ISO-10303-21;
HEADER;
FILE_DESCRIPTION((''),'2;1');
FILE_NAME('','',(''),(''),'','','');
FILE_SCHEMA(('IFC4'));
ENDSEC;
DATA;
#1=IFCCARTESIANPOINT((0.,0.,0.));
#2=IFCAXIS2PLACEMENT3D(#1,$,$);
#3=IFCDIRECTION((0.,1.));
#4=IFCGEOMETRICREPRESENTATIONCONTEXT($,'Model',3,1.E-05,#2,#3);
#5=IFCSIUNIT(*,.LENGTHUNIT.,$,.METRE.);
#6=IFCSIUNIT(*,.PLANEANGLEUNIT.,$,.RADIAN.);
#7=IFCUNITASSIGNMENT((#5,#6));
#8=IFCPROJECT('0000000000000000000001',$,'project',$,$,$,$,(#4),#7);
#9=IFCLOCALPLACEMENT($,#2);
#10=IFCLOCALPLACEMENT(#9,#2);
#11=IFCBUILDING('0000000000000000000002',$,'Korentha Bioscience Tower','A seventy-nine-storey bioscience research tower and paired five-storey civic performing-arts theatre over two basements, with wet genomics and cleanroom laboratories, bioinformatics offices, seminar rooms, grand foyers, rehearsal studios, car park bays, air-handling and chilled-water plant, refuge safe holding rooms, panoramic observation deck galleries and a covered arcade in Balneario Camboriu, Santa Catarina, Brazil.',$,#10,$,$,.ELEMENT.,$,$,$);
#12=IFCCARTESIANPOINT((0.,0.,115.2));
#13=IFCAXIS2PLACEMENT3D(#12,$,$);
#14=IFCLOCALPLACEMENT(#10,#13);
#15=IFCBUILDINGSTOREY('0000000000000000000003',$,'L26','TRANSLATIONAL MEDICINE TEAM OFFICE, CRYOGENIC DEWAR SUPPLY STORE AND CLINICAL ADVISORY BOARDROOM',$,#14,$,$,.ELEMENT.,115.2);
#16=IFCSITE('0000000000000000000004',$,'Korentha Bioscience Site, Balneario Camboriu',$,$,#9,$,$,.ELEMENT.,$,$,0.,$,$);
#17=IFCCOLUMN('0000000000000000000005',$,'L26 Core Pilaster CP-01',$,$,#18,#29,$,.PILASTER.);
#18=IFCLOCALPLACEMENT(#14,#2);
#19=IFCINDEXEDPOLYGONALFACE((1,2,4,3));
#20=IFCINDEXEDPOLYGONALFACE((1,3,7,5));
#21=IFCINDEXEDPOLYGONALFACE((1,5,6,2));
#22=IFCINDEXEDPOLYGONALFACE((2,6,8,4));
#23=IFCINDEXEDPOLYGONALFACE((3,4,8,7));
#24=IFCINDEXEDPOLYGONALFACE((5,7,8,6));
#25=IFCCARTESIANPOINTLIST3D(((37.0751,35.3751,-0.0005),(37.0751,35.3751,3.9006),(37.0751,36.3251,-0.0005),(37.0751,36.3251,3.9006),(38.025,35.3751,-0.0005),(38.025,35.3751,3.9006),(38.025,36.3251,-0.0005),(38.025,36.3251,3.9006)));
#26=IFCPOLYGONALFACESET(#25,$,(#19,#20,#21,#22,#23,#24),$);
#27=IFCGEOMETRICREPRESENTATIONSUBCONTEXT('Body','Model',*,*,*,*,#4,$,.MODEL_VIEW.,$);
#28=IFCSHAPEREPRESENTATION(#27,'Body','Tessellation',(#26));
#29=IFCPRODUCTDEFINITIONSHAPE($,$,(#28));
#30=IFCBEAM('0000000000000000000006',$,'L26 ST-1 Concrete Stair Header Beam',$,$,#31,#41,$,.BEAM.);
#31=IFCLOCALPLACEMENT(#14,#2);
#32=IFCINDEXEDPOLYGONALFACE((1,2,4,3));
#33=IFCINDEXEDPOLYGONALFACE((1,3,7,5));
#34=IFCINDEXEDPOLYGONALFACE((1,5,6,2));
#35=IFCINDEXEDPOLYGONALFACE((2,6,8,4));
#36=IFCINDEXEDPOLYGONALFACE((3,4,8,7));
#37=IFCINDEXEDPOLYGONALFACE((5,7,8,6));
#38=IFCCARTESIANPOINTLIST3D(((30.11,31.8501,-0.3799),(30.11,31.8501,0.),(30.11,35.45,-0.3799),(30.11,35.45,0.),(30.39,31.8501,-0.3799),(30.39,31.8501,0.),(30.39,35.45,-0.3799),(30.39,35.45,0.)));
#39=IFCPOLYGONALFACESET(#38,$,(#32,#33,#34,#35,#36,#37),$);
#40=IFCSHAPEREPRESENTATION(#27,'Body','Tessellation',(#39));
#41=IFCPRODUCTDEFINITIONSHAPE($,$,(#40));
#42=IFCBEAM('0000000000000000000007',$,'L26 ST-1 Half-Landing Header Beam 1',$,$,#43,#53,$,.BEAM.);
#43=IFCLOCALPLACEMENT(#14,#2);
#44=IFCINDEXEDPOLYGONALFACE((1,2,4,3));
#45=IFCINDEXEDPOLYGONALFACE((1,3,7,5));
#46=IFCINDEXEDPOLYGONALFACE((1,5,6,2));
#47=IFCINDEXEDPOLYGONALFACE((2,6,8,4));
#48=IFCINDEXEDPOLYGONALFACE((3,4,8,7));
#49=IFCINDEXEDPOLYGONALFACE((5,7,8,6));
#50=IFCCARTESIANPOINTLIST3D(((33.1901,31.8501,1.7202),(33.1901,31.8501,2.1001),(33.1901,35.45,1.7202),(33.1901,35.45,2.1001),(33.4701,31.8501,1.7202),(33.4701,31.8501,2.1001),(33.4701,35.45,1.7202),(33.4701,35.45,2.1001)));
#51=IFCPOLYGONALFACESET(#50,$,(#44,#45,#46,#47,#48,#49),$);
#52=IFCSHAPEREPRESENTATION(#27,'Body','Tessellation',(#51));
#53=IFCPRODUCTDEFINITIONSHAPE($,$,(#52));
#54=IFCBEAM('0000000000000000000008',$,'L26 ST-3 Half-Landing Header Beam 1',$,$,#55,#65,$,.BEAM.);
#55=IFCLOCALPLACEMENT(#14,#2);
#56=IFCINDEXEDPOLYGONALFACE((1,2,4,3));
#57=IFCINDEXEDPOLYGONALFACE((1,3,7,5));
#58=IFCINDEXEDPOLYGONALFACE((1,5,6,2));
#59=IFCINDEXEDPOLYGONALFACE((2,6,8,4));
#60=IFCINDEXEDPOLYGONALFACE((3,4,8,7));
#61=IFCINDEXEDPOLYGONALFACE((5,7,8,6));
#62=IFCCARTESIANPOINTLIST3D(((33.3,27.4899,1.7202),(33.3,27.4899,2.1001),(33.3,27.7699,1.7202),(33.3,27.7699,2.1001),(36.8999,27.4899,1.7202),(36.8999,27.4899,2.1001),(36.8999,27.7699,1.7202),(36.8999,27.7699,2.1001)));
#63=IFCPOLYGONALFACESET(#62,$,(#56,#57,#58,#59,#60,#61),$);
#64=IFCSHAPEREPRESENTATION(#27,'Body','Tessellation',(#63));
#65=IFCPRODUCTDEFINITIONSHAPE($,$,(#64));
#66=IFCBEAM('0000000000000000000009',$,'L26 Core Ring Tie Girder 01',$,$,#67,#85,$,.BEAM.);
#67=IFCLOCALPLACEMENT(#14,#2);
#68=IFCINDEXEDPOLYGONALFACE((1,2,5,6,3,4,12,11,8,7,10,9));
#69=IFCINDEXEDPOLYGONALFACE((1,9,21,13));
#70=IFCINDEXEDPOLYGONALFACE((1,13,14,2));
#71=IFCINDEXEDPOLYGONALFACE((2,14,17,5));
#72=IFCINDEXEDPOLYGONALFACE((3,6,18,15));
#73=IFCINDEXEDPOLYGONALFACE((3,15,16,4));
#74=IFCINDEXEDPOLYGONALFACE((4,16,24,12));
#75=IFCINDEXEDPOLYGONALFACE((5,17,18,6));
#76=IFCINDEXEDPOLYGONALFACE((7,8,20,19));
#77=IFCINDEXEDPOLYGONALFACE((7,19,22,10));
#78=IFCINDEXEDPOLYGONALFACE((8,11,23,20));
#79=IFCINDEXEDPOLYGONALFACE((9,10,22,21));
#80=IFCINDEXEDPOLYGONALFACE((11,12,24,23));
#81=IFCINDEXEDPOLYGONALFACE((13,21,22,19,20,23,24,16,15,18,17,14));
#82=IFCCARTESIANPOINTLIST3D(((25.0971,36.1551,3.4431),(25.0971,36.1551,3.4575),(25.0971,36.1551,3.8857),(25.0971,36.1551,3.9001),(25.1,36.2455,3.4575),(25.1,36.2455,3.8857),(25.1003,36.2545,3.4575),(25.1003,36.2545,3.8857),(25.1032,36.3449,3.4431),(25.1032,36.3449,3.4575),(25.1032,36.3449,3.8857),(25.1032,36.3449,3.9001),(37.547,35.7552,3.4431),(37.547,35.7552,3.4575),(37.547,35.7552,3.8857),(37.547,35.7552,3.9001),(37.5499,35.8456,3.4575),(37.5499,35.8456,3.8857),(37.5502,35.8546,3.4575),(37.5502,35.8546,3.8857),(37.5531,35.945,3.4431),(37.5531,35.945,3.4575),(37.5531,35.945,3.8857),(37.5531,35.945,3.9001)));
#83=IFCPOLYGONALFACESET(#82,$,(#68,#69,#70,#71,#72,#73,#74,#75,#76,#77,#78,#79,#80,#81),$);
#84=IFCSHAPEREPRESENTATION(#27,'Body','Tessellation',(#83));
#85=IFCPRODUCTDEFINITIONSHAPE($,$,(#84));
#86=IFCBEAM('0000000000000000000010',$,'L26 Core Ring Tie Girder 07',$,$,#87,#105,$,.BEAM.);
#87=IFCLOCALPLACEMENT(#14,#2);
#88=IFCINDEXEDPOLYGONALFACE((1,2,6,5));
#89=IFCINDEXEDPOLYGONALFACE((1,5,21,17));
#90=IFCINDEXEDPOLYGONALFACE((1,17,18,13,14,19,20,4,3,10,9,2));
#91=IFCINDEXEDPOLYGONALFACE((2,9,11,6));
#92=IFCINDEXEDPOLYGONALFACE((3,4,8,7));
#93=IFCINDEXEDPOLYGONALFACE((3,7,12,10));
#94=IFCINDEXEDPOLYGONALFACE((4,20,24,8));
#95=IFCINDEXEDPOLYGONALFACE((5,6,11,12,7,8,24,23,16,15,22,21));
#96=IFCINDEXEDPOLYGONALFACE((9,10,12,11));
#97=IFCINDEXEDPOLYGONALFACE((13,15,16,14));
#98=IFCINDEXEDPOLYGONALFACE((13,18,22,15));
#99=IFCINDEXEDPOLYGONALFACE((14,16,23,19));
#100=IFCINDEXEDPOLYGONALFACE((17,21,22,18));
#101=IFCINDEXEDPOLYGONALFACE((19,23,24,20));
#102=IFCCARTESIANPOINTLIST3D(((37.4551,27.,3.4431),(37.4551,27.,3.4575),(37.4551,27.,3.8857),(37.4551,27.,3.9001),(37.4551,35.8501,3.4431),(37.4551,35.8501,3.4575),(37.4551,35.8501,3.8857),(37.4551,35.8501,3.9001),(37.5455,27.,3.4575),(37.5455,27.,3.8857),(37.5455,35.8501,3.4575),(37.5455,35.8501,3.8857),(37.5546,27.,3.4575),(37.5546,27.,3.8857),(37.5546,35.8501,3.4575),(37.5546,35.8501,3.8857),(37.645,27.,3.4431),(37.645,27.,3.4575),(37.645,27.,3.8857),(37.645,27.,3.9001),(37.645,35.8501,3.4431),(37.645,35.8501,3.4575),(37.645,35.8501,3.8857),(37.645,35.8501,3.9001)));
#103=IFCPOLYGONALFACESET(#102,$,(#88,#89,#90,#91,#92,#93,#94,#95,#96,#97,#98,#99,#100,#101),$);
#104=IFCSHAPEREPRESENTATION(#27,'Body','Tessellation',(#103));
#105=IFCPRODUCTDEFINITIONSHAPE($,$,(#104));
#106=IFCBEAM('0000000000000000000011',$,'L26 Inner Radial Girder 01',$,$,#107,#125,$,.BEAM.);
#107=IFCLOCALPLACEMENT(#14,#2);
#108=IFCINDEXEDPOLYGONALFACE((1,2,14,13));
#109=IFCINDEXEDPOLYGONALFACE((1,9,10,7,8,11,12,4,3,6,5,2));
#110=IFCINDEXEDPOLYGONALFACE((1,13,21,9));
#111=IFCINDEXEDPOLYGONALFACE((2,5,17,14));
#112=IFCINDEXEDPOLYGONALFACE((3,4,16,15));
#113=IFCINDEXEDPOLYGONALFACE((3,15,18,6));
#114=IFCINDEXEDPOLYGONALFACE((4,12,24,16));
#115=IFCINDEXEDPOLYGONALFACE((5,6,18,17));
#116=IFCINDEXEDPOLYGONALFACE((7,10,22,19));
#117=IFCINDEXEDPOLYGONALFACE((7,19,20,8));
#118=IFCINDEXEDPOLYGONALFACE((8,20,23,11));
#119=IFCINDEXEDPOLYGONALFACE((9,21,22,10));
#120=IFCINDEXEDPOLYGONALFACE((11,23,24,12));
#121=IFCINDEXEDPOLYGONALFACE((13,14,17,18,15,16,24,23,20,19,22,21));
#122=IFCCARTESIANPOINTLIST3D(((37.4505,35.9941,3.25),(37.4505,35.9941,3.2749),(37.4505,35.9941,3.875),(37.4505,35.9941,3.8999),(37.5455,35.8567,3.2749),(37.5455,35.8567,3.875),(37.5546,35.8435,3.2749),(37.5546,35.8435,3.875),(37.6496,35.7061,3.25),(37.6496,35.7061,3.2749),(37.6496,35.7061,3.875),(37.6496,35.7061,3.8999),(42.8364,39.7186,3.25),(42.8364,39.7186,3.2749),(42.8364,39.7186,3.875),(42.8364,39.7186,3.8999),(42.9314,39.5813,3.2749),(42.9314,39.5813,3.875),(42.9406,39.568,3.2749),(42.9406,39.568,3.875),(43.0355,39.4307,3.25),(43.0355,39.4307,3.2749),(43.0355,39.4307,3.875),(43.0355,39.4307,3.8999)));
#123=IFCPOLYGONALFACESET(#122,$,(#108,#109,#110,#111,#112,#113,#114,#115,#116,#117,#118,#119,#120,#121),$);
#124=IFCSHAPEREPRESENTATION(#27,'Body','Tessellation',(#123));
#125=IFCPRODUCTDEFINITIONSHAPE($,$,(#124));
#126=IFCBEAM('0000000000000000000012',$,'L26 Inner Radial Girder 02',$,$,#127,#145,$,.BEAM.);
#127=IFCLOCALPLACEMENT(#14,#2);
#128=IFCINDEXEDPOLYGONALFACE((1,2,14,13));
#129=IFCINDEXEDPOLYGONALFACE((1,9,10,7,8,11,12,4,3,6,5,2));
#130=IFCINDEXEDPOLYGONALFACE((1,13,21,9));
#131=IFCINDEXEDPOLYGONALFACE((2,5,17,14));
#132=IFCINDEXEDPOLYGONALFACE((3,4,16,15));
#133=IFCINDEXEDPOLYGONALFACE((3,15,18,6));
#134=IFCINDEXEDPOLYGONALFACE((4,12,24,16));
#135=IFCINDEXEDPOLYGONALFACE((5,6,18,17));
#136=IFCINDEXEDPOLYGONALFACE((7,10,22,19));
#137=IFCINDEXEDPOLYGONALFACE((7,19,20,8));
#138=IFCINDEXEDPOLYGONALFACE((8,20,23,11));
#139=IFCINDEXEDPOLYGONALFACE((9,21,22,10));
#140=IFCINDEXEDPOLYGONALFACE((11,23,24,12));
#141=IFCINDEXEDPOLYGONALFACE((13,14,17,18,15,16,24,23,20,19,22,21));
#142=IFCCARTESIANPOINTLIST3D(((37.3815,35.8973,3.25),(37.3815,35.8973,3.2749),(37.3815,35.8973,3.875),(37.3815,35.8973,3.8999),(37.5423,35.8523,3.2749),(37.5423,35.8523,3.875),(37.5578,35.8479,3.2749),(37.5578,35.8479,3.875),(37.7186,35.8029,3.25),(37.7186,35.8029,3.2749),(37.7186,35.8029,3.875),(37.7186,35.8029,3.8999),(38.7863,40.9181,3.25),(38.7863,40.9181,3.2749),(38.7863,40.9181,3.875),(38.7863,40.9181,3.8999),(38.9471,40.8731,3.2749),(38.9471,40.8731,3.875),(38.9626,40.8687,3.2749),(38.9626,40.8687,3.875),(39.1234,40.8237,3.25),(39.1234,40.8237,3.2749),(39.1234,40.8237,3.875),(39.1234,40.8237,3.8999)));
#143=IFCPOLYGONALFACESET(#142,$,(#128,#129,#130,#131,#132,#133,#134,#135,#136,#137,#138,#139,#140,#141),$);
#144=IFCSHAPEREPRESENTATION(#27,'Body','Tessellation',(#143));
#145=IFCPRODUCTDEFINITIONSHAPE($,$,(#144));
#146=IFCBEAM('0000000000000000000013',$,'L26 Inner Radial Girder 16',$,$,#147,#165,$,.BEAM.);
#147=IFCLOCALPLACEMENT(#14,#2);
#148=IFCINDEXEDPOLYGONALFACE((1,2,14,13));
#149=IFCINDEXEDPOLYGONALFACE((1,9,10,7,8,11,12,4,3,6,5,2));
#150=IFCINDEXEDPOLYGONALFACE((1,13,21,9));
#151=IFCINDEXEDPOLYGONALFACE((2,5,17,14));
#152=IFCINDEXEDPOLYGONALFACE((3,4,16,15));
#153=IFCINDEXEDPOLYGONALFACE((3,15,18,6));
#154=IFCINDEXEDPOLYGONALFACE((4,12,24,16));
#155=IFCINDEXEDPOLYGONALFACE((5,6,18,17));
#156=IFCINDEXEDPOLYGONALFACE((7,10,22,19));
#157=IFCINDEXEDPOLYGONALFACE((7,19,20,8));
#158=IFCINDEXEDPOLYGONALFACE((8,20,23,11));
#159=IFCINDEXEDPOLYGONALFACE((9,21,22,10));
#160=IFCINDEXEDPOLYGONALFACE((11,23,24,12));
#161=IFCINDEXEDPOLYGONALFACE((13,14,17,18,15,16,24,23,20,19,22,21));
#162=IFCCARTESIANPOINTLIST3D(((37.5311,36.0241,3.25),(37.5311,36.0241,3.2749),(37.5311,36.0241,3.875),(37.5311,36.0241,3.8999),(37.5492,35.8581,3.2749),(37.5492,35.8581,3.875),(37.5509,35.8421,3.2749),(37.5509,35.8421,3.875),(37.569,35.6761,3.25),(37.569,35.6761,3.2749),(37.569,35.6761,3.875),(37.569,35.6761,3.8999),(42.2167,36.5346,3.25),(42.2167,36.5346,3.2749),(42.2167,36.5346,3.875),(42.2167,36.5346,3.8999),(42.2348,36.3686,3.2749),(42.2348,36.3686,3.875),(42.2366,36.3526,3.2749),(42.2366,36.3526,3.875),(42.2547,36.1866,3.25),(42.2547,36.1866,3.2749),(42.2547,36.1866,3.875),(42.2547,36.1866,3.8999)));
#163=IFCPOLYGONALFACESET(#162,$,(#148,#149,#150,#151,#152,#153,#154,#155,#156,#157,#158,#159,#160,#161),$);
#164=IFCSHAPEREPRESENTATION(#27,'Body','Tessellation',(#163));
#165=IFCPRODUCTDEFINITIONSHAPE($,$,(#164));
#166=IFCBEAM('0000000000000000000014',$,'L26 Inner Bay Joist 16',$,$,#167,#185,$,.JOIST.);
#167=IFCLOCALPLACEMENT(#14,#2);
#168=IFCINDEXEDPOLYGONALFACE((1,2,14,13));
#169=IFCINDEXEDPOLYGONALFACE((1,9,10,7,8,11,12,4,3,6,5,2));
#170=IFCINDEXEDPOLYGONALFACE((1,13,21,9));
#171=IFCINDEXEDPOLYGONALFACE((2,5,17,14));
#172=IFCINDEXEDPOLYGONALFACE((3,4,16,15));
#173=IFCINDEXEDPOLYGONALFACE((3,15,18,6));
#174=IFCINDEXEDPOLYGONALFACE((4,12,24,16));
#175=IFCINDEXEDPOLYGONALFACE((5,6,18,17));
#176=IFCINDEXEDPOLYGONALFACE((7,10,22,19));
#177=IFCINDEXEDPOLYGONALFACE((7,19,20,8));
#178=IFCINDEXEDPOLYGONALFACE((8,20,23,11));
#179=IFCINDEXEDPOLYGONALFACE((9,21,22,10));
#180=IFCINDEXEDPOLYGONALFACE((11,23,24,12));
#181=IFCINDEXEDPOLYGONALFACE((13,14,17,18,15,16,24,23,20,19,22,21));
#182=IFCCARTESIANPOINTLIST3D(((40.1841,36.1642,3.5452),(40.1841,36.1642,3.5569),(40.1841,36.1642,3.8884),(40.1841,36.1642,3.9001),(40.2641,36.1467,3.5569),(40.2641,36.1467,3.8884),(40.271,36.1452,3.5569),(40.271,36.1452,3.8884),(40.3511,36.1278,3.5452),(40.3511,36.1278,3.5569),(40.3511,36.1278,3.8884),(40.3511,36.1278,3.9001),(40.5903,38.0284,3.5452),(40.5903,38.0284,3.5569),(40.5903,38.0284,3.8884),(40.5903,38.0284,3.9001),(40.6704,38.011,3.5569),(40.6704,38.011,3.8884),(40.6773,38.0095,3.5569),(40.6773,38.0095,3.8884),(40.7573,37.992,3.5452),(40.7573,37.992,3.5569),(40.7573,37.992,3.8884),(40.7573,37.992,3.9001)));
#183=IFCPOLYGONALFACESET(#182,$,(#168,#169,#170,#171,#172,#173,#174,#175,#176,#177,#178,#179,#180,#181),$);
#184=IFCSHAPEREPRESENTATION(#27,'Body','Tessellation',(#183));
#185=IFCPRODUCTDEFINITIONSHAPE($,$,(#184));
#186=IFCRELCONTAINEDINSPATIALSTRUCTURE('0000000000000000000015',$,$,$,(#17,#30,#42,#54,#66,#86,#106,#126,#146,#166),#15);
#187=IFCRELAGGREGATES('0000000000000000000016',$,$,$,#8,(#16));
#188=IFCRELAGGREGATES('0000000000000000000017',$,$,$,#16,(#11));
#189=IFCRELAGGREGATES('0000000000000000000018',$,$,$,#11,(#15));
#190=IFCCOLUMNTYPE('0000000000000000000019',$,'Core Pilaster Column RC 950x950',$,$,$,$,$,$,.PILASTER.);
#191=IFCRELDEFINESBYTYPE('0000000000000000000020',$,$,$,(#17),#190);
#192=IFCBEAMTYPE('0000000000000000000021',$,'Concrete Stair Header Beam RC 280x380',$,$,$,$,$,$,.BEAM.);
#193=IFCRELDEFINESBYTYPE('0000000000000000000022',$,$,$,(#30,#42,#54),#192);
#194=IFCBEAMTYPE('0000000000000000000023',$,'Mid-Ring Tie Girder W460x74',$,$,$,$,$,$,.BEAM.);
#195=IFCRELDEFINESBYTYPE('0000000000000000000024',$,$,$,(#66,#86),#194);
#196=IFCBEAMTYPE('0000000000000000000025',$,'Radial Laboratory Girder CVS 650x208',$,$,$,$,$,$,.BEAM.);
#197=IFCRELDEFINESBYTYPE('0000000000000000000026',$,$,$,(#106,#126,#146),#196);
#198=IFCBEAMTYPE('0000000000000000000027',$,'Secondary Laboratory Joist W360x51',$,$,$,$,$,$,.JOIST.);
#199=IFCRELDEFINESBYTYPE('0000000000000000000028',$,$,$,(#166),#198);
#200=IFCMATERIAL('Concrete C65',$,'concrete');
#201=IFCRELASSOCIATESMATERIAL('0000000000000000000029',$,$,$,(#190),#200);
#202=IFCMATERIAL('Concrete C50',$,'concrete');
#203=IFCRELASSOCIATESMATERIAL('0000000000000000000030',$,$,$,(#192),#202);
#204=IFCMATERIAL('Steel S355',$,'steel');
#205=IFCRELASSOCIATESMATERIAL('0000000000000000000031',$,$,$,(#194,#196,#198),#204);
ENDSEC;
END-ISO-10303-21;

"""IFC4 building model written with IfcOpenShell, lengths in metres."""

from ifc_helpers import new_model, si_unit, direction, frame, origin, origin_2d, place, context, subcontext, project, spatial, rectangle, i_section, extrude, material, material_profile, profile_set, type_object, element, save


model = new_model("IFC4")

# Units and contexts
model_context = context("Model", 3, precision=1e-05, world=origin(), true_north=direction((0.0, 1.0)))
body_context = subcontext(model_context, "Body", "Model", "MODEL_VIEW")
ifc_project = project(units=[si_unit("LENGTHUNIT", "METRE"), si_unit("PLANEANGLEUNIT", "RADIAN")], contexts=[model_context])

# Site, building, storey
site_placement = place(None, origin())
site = spatial("IfcSite", under=ifc_project, at=site_placement, Name="Korentha Bioscience Site, Balneario Camboriu", CompositionType="ELEMENT", RefElevation=0.0)
building_placement = place(site_placement, origin())
building = spatial("IfcBuilding", under=site, at=building_placement, Name="Korentha Bioscience Tower", Description="A seventy-nine-storey bioscience research tower and paired five-storey civic performing-arts theatre over two basements, with wet genomics and cleanroom laboratories, bioinformatics offices, seminar rooms, grand foyers, rehearsal studios, car park bays, air-handling and chilled-water plant, refuge safe holding rooms, panoramic observation deck galleries and a covered arcade in Balneario Camboriu, Santa Catarina, Brazil.", CompositionType="ELEMENT")
storey_placement = place(building_placement, frame((0.0, 0.0, 115.2)))
storey = spatial("IfcBuildingStorey", under=building, at=storey_placement, Name="L26", Description="TRANSLATIONAL MEDICINE TEAM OFFICE, CRYOGENIC DEWAR SUPPLY STORE AND CLINICAL ADVISORY BOARDROOM", CompositionType="ELEMENT", Elevation=115.2)

# Column
ifc_material_1 = material(Name="Concrete C65", Category="concrete")
ifc_material_profile_1 = material_profile(ifc_material_1, rectangle(XDim=0.95, YDim=0.95, at=origin_2d()), Name="Concrete C65")
ifc_profile_set_1 = profile_set([ifc_material_profile_1], Name="Concrete C65 (COL-CP09)")
column_type = type_object("IfcColumnType", Name="Core Pilaster Column RC 950x950", PredefinedType="PILASTER", material=ifc_profile_set_1)
column_placement = place(storey_placement, frame((37.55, 35.8501, -0.0005), z_axis=(0.0, 0.0, 1.0), x_axis=(1.0, 0.0, 0.0)))
element("IfcColumn", 1, at=column_placement, inside=storey, type_object=column_type, Name="L26 Core Pilaster CP-01", PredefinedType="PILASTER", context=body_context, shape_type="SweptSolid", body=[
    extrude(rectangle(XDim=0.95, YDim=0.95, at=origin_2d()), origin(), (0.0, 0.0, 1.0), 3.9011),
])

# Beams
ifc_material_2 = material(Name="Concrete C50", Category="concrete")
ifc_material_profile_2 = material_profile(ifc_material_2, rectangle(XDim=0.28, YDim=0.3799, at=origin_2d()), Name="Concrete C50")
ifc_profile_set_2 = profile_set([ifc_material_profile_2], Name="Concrete C50 (ST-HB380)")
beam_type_1 = type_object("IfcBeamType", Name="Concrete Stair Header Beam RC 280x380", PredefinedType="BEAM", material=ifc_profile_set_2)
for number, where, z_axis, x_axis, name in (
    (2, (30.25, 31.8501, -0.1899), (0.0, 1.0, 0.0), (-1.0, 0.0, 0.0), "L26 ST-1 Concrete Stair Header Beam"),
    (3, (33.3301, 31.8501, 1.9102), (0.0, 1.0, 0.0), (-1.0, 0.0, 0.0), "L26 ST-1 Half-Landing Header Beam 1"),
    (4, (36.8999, 27.6299, 1.9102), (-1.0, 0.0, 0.0), (0.0, -1.0, 0.0), "L26 ST-3 Half-Landing Header Beam 1"),
):
    element("IfcBeam", number, at=place(storey_placement, frame(where, z_axis=z_axis, x_axis=x_axis)), inside=storey, type_object=beam_type_1, Name=name, PredefinedType="BEAM", context=body_context, shape_type="SweptSolid", body=[
        extrude(rectangle(XDim=0.28, YDim=0.3799, at=origin_2d()), origin(), (0.0, 0.0, 1.0), 3.5999),
    ])
ifc_material_3 = material(Name="Steel S355", Category="steel")
ifc_material_profile_3 = material_profile(ifc_material_3, i_section(OverallWidth=0.1899, OverallDepth=0.457, WebThickness=0.009, FlangeThickness=0.0144, at=origin_2d()), Name="Steel S355")
ifc_profile_set_3 = profile_set([ifc_material_profile_3], Name="Steel S355 (MB-460)")
beam_type_2 = type_object("IfcBeamType", Name="Mid-Ring Tie Girder W460x74", PredefinedType="BEAM", material=ifc_profile_set_3)
beam_1_placement = place(storey_placement, frame((37.55, 35.8501, 3.6716), z_axis=(-0.999485, 0.032104, 0.0), x_axis=(-0.032104, -0.999485, 0.0)))
element("IfcBeam", 5, at=beam_1_placement, inside=storey, type_object=beam_type_2, Name="L26 Core Ring Tie Girder 01", PredefinedType="BEAM", context=body_context, shape_type="SweptSolid", body=[
    extrude(i_section(OverallWidth=0.1899, OverallDepth=0.457, WebThickness=0.009, FlangeThickness=0.0144, at=origin_2d()), origin(), (0.0, 0.0, 1.0), 12.4563),
])
beam_2_placement = place(storey_placement, frame((37.55, 27.0, 3.6716), z_axis=(0.0, 1.0, 0.0), x_axis=(-1.0, 0.0, 0.0)))
element("IfcBeam", 6, at=beam_2_placement, inside=storey, type_object=beam_type_2, Name="L26 Core Ring Tie Girder 07", PredefinedType="BEAM", context=body_context, shape_type="SweptSolid", body=[
    extrude(i_section(OverallWidth=0.1899, OverallDepth=0.457, WebThickness=0.009, FlangeThickness=0.0144, at=origin_2d()), origin(), (0.0, 0.0, 1.0), 8.8501),
])
ifc_material_profile_4 = material_profile(ifc_material_3, i_section(OverallWidth=0.3501, OverallDepth=0.6499, WebThickness=0.0161, FlangeThickness=0.0249, at=origin_2d()), Name="Steel S355")
ifc_profile_set_4 = profile_set([ifc_material_profile_4], Name="Steel S355 (RB-650)")
beam_type_3 = type_object("IfcBeamType", Name="Radial Laboratory Girder CVS 650x208", PredefinedType="BEAM", material=ifc_profile_set_4)
beam_3_placement = place(storey_placement, frame((37.55, 35.8501, 3.575), z_axis=(0.822489, 0.568781, 0.0), x_axis=(-0.568781, 0.822489, 0.0)))
element("IfcBeam", 7, at=beam_3_placement, inside=storey, type_object=beam_type_3, Name="L26 Inner Radial Girder 01", PredefinedType="BEAM", context=body_context, shape_type="SweptSolid", body=[
    extrude(i_section(OverallWidth=0.3501, OverallDepth=0.6499, WebThickness=0.0161, FlangeThickness=0.0249, at=origin_2d()), origin(), (0.0, 0.0, 1.0), 6.5483),
])
beam_4_placement = place(storey_placement, frame((37.55, 35.8501, 3.575), z_axis=(0.269448, 0.963015, 0.0), x_axis=(-0.963015, 0.269448, 0.0)))
element("IfcBeam", 8, at=beam_4_placement, inside=storey, type_object=beam_type_3, Name="L26 Inner Radial Girder 02", PredefinedType="BEAM", context=body_context, shape_type="SweptSolid", body=[
    extrude(i_section(OverallWidth=0.3501, OverallDepth=0.6499, WebThickness=0.0161, FlangeThickness=0.0249, at=origin_2d()), origin(), (0.0, 0.0, 1.0), 5.2136),
])
beam_5_placement = place(storey_placement, frame((37.55, 35.8501, 3.575), z_axis=(0.994117, 0.108311, 0.0), x_axis=(-0.108311, 0.994117, 0.0)))
element("IfcBeam", 9, at=beam_5_placement, inside=storey, type_object=beam_type_3, Name="L26 Inner Radial Girder 16", PredefinedType="BEAM", context=body_context, shape_type="SweptSolid", body=[
    extrude(i_section(OverallWidth=0.3501, OverallDepth=0.6499, WebThickness=0.0161, FlangeThickness=0.0249, at=origin_2d()), origin(), (0.0, 0.0, 1.0), 4.7134),
])
ifc_material_profile_5 = material_profile(ifc_material_3, i_section(OverallWidth=0.1709, OverallDepth=0.355, WebThickness=0.0071, FlangeThickness=0.0117, at=origin_2d()), Name="Steel S355")
ifc_profile_set_5 = profile_set([ifc_material_profile_5], Name="Steel S355 (JB-360)")
beam_type_4 = type_object("IfcBeamType", Name="Secondary Laboratory Joist W360x51", PredefinedType="JOIST", material=ifc_profile_set_5)
beam_6_placement = place(storey_placement, frame((40.2676, 36.146, 3.7227), z_axis=(0.212918, 0.97707, 0.0), x_axis=(-0.97707, 0.212918, 0.0)))
element("IfcBeam", 10, at=beam_6_placement, inside=storey, type_object=beam_type_4, Name="L26 Inner Bay Joist 16", PredefinedType="JOIST", context=body_context, shape_type="SweptSolid", body=[
    extrude(i_section(OverallWidth=0.1709, OverallDepth=0.355, WebThickness=0.0071, FlangeThickness=0.0117, at=origin_2d()), origin(), (0.0, 0.0, 1.0), 1.908),
])

save(model, "model.ifc")
